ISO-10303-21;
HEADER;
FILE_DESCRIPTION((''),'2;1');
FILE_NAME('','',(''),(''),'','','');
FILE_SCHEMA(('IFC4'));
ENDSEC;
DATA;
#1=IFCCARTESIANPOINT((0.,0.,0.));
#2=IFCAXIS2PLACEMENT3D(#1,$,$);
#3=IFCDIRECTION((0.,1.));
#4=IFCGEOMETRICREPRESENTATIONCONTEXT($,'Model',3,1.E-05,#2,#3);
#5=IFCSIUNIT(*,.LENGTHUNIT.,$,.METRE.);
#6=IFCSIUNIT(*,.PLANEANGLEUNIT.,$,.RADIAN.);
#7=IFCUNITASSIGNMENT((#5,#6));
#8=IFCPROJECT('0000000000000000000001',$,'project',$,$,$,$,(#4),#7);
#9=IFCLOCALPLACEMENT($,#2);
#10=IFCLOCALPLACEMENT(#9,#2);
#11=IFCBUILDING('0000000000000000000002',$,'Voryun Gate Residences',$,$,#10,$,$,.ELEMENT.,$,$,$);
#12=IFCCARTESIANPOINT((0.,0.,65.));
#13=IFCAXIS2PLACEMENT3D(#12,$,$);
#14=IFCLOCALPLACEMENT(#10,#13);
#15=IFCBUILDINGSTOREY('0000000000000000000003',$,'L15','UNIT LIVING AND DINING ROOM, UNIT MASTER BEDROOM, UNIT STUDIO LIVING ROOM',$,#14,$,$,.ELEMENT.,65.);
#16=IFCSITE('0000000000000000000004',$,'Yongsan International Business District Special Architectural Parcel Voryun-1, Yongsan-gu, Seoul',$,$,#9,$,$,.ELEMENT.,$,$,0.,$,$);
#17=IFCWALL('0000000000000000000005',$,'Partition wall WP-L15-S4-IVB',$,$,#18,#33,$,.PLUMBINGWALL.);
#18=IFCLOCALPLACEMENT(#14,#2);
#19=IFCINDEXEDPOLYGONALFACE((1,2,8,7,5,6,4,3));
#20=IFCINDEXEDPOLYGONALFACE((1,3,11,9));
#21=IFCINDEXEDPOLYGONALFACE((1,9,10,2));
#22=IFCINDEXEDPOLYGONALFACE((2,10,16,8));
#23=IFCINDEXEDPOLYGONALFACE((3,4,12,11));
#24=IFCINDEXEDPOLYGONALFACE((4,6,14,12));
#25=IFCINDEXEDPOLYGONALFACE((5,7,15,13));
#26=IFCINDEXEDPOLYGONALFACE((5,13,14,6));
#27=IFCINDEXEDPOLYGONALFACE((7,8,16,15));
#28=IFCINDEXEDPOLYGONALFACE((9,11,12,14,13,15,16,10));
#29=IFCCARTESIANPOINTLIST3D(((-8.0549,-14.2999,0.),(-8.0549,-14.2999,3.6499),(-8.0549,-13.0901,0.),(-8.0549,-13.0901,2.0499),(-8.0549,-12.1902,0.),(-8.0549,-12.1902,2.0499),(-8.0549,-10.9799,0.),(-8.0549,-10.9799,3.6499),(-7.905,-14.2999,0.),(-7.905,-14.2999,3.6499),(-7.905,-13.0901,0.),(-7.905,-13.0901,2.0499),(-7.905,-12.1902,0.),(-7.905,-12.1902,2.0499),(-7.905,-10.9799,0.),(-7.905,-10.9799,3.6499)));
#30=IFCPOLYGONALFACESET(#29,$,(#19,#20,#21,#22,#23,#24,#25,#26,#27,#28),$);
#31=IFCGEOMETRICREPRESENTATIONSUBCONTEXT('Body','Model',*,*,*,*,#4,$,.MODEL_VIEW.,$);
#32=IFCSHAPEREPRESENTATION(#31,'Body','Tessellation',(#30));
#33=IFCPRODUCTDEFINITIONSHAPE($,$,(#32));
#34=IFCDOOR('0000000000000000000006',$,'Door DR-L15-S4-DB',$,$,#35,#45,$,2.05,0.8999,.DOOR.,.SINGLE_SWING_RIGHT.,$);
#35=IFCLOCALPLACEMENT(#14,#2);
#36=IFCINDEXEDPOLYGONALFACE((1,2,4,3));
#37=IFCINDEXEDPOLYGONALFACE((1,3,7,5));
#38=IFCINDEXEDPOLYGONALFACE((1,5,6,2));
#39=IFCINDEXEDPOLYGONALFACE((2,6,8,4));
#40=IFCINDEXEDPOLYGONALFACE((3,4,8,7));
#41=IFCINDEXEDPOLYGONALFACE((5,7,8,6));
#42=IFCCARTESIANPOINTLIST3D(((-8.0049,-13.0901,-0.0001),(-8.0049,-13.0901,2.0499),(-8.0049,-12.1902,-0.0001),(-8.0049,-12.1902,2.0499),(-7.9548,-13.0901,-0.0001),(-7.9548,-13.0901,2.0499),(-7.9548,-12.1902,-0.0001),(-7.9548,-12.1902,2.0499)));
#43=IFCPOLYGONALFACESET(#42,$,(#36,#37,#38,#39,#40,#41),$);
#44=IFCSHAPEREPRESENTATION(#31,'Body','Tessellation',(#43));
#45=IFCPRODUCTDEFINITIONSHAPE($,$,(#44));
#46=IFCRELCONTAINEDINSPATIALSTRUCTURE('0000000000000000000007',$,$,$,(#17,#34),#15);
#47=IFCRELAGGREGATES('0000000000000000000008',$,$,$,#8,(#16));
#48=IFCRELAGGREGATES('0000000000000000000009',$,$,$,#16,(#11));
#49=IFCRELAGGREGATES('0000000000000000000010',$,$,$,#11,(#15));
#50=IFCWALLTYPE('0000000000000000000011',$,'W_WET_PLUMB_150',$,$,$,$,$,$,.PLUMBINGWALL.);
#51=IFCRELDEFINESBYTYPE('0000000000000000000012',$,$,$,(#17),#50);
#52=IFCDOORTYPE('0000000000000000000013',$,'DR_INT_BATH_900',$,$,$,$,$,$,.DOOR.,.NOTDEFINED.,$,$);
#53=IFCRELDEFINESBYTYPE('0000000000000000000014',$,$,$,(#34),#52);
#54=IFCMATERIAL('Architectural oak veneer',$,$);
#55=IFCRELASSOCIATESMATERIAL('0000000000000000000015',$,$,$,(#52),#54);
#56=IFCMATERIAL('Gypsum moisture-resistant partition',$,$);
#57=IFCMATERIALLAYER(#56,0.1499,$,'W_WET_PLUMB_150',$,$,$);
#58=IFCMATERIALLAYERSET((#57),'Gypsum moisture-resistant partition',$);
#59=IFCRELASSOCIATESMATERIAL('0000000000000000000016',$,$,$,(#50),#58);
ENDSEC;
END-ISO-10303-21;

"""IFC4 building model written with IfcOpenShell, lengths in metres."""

from ifc_helpers import new_model, si_unit, direction, frame, frame_2d, origin, place, context, subcontext, project, spatial, rectangle, extrude, material, layer, layer_set, type_object, element, fill, save


model = new_model("IFC4")

# Units and contexts
model_context = context("Model", 3, precision=1e-05, world=origin(), true_north=direction((0.0, 1.0)))
body_context = subcontext(model_context, "Body", "Model", "MODEL_VIEW")
ifc_project = project(units=[si_unit("LENGTHUNIT", "METRE"), si_unit("PLANEANGLEUNIT", "RADIAN")], contexts=[model_context])

# Site, building, storey
site_placement = place(None, origin())
site = spatial("IfcSite", under=ifc_project, at=site_placement, Name="Yongsan International Business District Special Architectural Parcel Voryun-1, Yongsan-gu, Seoul", CompositionType="ELEMENT", RefElevation=0.0)
building_placement = place(site_placement, origin())
building = spatial("IfcBuilding", under=site, at=building_placement, Name="Voryun Gate Residences", CompositionType="ELEMENT")
storey_placement = place(building_placement, frame((0.0, 0.0, 65.0)))
storey = spatial("IfcBuildingStorey", under=building, at=storey_placement, Name="L15", Description="UNIT LIVING AND DINING ROOM, UNIT MASTER BEDROOM, UNIT STUDIO LIVING ROOM", CompositionType="ELEMENT", Elevation=65.0)

# Shared definitions
ifc_material_1 = material(Name="Architectural oak veneer")
door_type_1 = type_object("IfcDoorType", Name="DR_INT_BATH_900", OperationType="NOTDEFINED", PredefinedType="DOOR", material=ifc_material_1)

# Shared definitions
ifc_material_2 = material(Name="Gypsum moisture-resistant partition")
ifc_layer_1 = layer(ifc_material_2, 0.1499, Name="W_WET_PLUMB_150")
ifc_layer_set_1 = layer_set([ifc_layer_1], Name="Gypsum moisture-resistant partition")
wall_type_1 = type_object("IfcWallType", Name="W_WET_PLUMB_150", PredefinedType="PLUMBINGWALL", material=ifc_layer_set_1)

# Wall, opening, door
wall_1_placement = place(storey_placement, frame((-7.98, -14.3, 0.0), z_axis=(0.0, 0.0, 1.0), x_axis=(0.0, 1.0, 0.0)))
wall_1 = element("IfcWall", 1, at=wall_1_placement, inside=storey, type_object=wall_type_1, Name="Partition wall WP-L15-S4-IVB", PredefinedType="PLUMBINGWALL", context=body_context, shape_type="SweptSolid", body=[
    extrude(rectangle(XDim=3.3201, YDim=0.1499, at=frame_2d((1.6602, 0.0))), origin(), (0.0, 0.0, 1.0), 3.6499),
])
opening_1_placement = place(wall_1_placement, frame((1.21, 0.0, 0.0)))
opening_1 = element("IfcOpeningElement", 2, at=opening_1_placement, cuts=wall_1, PredefinedType="OPENING", context=body_context, shape_type="SweptSolid", body=[
    extrude(rectangle(XDim=0.8999, YDim=2.05, at=frame_2d((0.45, 1.0249))), frame((0.0, 0.085, 0.0), z_axis=(0.0, -1.0, 0.0), x_axis=(1.0, 0.0, 0.0)), (0.0, 0.0, 1.0), 0.1699),
])
door_1_placement = place(opening_1_placement, origin())
door_1 = element("IfcDoor", 3, at=door_1_placement, inside=storey, type_object=door_type_1, Name="Door DR-L15-S4-DB", OperationType="SINGLE_SWING_RIGHT", OverallHeight=2.05, OverallWidth=0.8999, PredefinedType="DOOR", context=body_context, shape_type="SweptSolid", body=[
    extrude(rectangle(XDim=0.8999, YDim=2.05, at=frame_2d((0.45, 1.0249))), frame((0.0, 0.0249, 0.0), z_axis=(0.0, -1.0, 0.0), x_axis=(1.0, 0.0, 0.0)), (0.0, 0.0, 1.0), 0.05),
])
fill(opening_1, door_1)

save(model, "model.ifc")
